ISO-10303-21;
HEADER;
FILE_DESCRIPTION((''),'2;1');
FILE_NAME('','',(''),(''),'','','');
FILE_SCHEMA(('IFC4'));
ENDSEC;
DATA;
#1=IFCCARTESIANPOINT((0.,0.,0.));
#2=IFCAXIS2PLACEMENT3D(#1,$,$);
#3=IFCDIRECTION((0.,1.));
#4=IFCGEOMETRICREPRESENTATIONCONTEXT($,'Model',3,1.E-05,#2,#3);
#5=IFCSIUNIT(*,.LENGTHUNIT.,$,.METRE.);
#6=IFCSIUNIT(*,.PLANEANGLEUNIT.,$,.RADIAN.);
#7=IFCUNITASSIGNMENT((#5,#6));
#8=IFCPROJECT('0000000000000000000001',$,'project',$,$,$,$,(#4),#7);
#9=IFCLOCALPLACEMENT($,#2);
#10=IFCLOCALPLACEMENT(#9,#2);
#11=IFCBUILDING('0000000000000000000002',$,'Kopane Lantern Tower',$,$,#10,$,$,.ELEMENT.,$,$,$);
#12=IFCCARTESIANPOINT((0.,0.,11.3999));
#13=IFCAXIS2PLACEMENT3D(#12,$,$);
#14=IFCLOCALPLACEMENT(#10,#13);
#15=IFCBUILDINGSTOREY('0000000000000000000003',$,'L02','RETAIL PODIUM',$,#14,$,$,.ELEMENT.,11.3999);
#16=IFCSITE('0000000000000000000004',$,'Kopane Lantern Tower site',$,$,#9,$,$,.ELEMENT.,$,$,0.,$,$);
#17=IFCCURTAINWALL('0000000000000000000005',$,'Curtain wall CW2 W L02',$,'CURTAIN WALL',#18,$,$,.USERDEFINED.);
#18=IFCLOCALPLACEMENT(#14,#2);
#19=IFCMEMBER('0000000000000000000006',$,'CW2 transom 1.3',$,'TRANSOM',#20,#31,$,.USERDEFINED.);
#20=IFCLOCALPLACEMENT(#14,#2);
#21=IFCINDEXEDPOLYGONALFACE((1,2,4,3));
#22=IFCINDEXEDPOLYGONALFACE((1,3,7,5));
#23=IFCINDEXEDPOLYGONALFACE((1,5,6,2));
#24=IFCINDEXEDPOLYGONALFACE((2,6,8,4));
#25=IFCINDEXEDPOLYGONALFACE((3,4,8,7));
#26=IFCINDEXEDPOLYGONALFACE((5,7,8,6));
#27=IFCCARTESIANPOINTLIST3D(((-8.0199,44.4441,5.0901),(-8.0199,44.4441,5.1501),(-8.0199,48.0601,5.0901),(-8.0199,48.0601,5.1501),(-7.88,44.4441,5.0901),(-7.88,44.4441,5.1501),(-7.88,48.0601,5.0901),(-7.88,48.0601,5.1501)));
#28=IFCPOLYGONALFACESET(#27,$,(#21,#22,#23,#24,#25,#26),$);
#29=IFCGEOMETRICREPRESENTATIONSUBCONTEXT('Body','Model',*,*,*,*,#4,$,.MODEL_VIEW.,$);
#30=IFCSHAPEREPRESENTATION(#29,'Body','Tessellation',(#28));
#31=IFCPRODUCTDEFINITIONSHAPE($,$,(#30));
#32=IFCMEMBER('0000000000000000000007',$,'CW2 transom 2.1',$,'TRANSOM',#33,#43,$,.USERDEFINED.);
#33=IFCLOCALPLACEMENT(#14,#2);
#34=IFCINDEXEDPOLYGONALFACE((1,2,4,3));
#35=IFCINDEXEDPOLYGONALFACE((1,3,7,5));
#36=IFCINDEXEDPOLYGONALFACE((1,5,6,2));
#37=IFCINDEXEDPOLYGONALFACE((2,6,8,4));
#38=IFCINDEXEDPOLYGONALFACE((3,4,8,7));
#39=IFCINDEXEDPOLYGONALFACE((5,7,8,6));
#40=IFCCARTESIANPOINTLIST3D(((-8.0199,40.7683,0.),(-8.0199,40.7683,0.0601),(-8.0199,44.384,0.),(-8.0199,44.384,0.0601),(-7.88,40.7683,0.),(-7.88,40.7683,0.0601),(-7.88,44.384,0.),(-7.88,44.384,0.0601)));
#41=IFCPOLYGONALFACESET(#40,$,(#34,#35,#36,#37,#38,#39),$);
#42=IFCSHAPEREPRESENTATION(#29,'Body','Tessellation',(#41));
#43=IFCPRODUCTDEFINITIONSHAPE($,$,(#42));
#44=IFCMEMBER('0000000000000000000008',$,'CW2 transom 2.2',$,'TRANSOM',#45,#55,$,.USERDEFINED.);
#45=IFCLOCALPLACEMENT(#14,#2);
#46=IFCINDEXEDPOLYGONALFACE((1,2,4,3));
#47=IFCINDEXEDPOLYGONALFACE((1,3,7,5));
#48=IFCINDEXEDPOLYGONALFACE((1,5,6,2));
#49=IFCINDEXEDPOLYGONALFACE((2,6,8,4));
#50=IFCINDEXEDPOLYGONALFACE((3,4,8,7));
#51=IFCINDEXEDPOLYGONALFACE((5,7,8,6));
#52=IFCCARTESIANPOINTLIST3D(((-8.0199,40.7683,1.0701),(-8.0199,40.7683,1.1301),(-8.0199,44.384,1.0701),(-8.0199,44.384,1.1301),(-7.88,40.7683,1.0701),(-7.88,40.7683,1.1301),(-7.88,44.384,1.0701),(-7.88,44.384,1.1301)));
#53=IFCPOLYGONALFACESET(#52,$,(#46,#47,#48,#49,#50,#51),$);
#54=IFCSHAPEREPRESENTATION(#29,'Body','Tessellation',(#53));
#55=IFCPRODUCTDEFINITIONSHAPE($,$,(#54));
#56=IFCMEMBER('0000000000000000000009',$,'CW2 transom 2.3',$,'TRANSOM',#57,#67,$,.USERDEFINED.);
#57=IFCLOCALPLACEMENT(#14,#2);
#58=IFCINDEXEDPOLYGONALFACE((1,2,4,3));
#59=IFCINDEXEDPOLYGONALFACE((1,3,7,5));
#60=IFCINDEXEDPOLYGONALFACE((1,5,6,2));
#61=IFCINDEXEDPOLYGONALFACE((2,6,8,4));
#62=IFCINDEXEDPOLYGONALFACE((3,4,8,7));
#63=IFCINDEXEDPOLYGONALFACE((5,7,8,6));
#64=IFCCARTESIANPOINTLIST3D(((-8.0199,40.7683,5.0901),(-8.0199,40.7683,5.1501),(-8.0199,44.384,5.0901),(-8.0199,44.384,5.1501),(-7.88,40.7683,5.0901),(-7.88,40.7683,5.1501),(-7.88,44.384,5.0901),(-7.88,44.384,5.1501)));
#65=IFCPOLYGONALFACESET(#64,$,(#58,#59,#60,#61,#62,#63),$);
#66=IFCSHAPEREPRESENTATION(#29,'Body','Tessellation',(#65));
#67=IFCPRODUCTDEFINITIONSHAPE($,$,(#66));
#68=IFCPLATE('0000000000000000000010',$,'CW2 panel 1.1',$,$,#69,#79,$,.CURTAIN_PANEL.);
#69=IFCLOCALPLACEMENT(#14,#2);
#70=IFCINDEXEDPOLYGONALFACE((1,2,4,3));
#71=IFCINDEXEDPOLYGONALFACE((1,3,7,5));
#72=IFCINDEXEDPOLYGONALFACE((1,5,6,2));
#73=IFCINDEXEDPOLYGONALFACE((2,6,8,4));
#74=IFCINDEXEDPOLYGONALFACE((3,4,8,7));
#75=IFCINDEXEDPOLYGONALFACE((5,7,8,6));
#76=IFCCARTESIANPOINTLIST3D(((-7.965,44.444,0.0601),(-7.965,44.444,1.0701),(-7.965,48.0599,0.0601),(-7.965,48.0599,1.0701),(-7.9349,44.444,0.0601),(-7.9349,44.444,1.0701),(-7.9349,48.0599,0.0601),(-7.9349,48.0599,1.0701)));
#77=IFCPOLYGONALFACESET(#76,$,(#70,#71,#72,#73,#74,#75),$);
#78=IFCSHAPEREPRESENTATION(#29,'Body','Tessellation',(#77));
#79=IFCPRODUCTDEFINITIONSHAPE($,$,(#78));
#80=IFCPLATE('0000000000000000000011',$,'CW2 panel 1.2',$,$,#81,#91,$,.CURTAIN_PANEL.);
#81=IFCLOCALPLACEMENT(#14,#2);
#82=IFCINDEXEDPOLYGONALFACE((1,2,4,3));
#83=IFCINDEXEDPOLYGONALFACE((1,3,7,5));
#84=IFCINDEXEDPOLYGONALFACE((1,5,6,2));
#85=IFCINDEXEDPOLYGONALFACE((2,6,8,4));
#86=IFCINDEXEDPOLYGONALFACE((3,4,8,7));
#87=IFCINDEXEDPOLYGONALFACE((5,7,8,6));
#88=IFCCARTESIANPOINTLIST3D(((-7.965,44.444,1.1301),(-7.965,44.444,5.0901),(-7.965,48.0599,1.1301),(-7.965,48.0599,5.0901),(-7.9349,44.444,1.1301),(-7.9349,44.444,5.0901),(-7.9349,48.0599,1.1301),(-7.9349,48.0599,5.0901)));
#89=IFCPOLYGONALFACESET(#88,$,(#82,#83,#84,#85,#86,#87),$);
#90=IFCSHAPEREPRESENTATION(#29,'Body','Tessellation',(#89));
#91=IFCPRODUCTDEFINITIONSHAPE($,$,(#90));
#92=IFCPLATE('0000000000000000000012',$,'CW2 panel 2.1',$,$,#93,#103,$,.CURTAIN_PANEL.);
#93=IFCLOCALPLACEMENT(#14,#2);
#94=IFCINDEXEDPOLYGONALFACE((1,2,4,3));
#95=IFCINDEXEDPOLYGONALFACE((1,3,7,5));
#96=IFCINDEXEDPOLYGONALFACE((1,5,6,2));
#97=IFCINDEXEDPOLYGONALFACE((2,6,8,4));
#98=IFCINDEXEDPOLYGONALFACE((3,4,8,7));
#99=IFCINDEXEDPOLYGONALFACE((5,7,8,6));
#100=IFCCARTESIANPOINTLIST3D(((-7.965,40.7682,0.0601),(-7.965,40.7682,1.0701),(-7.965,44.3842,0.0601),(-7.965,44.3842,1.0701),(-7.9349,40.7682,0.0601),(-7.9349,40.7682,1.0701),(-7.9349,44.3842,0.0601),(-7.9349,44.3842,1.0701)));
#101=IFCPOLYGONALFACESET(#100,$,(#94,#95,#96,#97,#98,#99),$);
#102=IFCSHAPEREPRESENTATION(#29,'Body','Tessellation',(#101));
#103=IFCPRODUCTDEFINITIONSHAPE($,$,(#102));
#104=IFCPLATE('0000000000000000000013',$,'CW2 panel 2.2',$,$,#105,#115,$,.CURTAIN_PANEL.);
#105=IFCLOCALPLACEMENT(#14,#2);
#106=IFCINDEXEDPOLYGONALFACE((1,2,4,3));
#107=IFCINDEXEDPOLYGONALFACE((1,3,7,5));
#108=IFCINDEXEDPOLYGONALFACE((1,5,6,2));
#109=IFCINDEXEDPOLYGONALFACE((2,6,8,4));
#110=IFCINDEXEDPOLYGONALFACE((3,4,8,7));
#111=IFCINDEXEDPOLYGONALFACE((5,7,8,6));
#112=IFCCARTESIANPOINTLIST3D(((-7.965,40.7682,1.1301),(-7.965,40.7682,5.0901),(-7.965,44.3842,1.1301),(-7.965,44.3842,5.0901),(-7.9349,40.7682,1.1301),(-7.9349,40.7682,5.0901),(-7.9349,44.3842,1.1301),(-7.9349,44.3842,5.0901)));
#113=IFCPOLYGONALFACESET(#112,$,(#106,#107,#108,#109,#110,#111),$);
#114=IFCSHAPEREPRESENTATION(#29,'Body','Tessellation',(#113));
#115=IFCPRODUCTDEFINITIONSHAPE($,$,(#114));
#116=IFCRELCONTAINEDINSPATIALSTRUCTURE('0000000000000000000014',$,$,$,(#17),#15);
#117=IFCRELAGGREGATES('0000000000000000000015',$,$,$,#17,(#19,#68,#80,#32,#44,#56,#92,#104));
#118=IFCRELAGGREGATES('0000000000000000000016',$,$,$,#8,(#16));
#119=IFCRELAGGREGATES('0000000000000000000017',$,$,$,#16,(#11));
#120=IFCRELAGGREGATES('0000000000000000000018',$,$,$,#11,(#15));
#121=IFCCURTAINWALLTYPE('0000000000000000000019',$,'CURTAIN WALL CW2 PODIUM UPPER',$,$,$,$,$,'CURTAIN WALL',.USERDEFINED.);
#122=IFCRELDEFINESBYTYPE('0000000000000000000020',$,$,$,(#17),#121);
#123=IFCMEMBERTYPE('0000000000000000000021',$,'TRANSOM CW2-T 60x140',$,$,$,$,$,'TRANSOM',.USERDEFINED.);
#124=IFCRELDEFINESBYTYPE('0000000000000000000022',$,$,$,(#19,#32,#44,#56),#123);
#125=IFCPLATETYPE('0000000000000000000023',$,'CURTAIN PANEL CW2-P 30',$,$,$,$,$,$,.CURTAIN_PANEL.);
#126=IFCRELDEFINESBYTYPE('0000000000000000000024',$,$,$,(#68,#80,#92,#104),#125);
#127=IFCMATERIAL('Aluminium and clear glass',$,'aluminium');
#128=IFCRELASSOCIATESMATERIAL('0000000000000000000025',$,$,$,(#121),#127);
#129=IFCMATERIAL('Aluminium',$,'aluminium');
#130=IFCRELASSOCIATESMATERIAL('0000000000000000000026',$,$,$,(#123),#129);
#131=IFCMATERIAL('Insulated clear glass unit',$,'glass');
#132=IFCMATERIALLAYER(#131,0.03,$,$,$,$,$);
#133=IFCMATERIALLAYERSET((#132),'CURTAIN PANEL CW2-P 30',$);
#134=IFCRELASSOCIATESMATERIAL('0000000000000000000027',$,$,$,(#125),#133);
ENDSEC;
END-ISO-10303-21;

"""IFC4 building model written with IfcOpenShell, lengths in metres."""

from ifc_helpers import new_model, si_unit, direction, frame, origin, origin_2d, place, context, subcontext, project, spatial, rectangle, extrude, material, layer, layer_set, material_profile, profile_set, type_object, element, aggregate, save


model = new_model("IFC4")

# Units and contexts
model_context = context("Model", 3, precision=1e-05, world=origin(), true_north=direction((0.0, 1.0)))
body_context = subcontext(model_context, "Body", "Model", "MODEL_VIEW")
ifc_project = project(units=[si_unit("LENGTHUNIT", "METRE"), si_unit("PLANEANGLEUNIT", "RADIAN")], contexts=[model_context])

# Site, building, storey
site_placement = place(None, origin())
site = spatial("IfcSite", under=ifc_project, at=site_placement, Name="Kopane Lantern Tower site", CompositionType="ELEMENT", RefElevation=0.0)
building_placement = place(site_placement, origin())
building = spatial("IfcBuilding", under=site, at=building_placement, Name="Kopane Lantern Tower", CompositionType="ELEMENT")
storey_placement = place(building_placement, frame((0.0, 0.0, 11.3999)))
storey = spatial("IfcBuildingStorey", under=building, at=storey_placement, Name="L02", Description="RETAIL PODIUM", CompositionType="ELEMENT", Elevation=11.3999)

# Curtain wall, members, plates
ifc_material_1 = material(Name="Aluminium and clear glass", Category="aluminium")
curtain_wall_type = type_object("IfcCurtainWallType", Name="CURTAIN WALL CW2 PODIUM UPPER", ElementType="CURTAIN WALL", PredefinedType="USERDEFINED", material=ifc_material_1)
curtain_wall_placement = place(storey_placement, origin())
curtain_wall = element("IfcCurtainWall", 1, at=curtain_wall_placement, inside=storey, type_object=curtain_wall_type, Name="Curtain wall CW2 W L02", ObjectType="CURTAIN WALL", PredefinedType="USERDEFINED")
ifc_material_2 = material(Name="Aluminium", Category="aluminium")
ifc_material_profile_1 = material_profile(ifc_material_2, rectangle(XDim=0.1399, YDim=0.0601, at=origin_2d()), Name="AL 140x60")
ifc_profile_set_1 = profile_set([ifc_material_profile_1], Name="Aluminium")
member_type_1 = type_object("IfcMemberType", Name="TRANSOM CW2-T 60x140", ElementType="TRANSOM", PredefinedType="USERDEFINED", material=ifc_profile_set_1)
member_1_placement = place(storey_placement, frame((-7.95, 48.0601, 5.1201), z_axis=(0.0, -1.0, 0.0), x_axis=(1.0, 0.0, 0.0)))
member_1 = element("IfcMember", 2, at=member_1_placement, type_object=member_type_1, Name="CW2 transom 1.3", ObjectType="TRANSOM", PredefinedType="USERDEFINED", context=body_context, shape_type="SweptSolid", body=[
    extrude(rectangle(XDim=0.1399, YDim=0.0601, at=origin_2d()), origin(), (0.0, 0.0, 1.0), 3.616),
])
member_2_placement = place(storey_placement, frame((-7.95, 44.384, 0.03), z_axis=(0.0, -1.0, 0.0), x_axis=(1.0, 0.0, 0.0)))
member_2 = element("IfcMember", 3, at=member_2_placement, type_object=member_type_1, Name="CW2 transom 2.1", ObjectType="TRANSOM", PredefinedType="USERDEFINED", context=body_context, shape_type="SweptSolid", body=[
    extrude(rectangle(XDim=0.1399, YDim=0.0601, at=origin_2d()), origin(), (0.0, 0.0, 1.0), 3.6157),
])
member_3_placement = place(storey_placement, frame((-7.95, 44.384, 1.1001), z_axis=(0.0, -1.0, 0.0), x_axis=(1.0, 0.0, 0.0)))
member_3 = element("IfcMember", 4, at=member_3_placement, type_object=member_type_1, Name="CW2 transom 2.2", ObjectType="TRANSOM", PredefinedType="USERDEFINED", context=body_context, shape_type="SweptSolid", body=[
    extrude(rectangle(XDim=0.1399, YDim=0.0601, at=origin_2d()), origin(), (0.0, 0.0, 1.0), 3.6157),
])
member_4_placement = place(storey_placement, frame((-7.95, 44.384, 5.1201), z_axis=(0.0, -1.0, 0.0), x_axis=(1.0, 0.0, 0.0)))
member_4 = element("IfcMember", 5, at=member_4_placement, type_object=member_type_1, Name="CW2 transom 2.3", ObjectType="TRANSOM", PredefinedType="USERDEFINED", context=body_context, shape_type="SweptSolid", body=[
    extrude(rectangle(XDim=0.1399, YDim=0.0601, at=origin_2d()), origin(), (0.0, 0.0, 1.0), 3.6157),
])
ifc_material_3 = material(Name="Insulated clear glass unit", Category="glass")
ifc_layer_1 = layer(ifc_material_3, 0.03)
ifc_layer_set_1 = layer_set([ifc_layer_1], Name="CURTAIN PANEL CW2-P 30")
plate_type = type_object("IfcPlateType", Name="CURTAIN PANEL CW2-P 30", PredefinedType="CURTAIN_PANEL", material=ifc_layer_set_1)
plate_1_placement = place(storey_placement, frame((-7.95, 46.252, 0.0601), z_axis=(0.0, 0.0, 1.0), x_axis=(0.0, -1.0, 0.0)))
plate_1 = element("IfcPlate", 6, at=plate_1_placement, type_object=plate_type, Name="CW2 panel 1.1", PredefinedType="CURTAIN_PANEL", context=body_context, shape_type="SweptSolid", body=[
    extrude(rectangle(XDim=3.616, YDim=0.03, at=origin_2d()), origin(), (0.0, 0.0, 1.0), 1.01),
])
plate_2_placement = place(storey_placement, frame((-7.95, 46.252, 1.1301), z_axis=(0.0, 0.0, 1.0), x_axis=(0.0, -1.0, 0.0)))
plate_2 = element("IfcPlate", 7, at=plate_2_placement, type_object=plate_type, Name="CW2 panel 1.2", PredefinedType="CURTAIN_PANEL", context=body_context, shape_type="SweptSolid", body=[
    extrude(rectangle(XDim=3.616, YDim=0.03, at=origin_2d()), origin(), (0.0, 0.0, 1.0), 3.96),
])
plate_3_placement = place(storey_placement, frame((-7.95, 42.5762, 0.0601), z_axis=(0.0, 0.0, 1.0), x_axis=(0.0, -1.0, 0.0)))
plate_3 = element("IfcPlate", 8, at=plate_3_placement, type_object=plate_type, Name="CW2 panel 2.1", PredefinedType="CURTAIN_PANEL", context=body_context, shape_type="SweptSolid", body=[
    extrude(rectangle(XDim=3.616, YDim=0.03, at=origin_2d()), origin(), (0.0, 0.0, 1.0), 1.01),
])
plate_4_placement = place(storey_placement, frame((-7.95, 42.5762, 1.1301), z_axis=(0.0, 0.0, 1.0), x_axis=(0.0, -1.0, 0.0)))
plate_4 = element("IfcPlate", 9, at=plate_4_placement, type_object=plate_type, Name="CW2 panel 2.2", PredefinedType="CURTAIN_PANEL", context=body_context, shape_type="SweptSolid", body=[
    extrude(rectangle(XDim=3.616, YDim=0.03, at=origin_2d()), origin(), (0.0, 0.0, 1.0), 3.96),
])
aggregate(curtain_wall, [member_1, plate_1, plate_2, member_2, member_3, member_4, plate_3, plate_4])

save(model, "model.ifc")
